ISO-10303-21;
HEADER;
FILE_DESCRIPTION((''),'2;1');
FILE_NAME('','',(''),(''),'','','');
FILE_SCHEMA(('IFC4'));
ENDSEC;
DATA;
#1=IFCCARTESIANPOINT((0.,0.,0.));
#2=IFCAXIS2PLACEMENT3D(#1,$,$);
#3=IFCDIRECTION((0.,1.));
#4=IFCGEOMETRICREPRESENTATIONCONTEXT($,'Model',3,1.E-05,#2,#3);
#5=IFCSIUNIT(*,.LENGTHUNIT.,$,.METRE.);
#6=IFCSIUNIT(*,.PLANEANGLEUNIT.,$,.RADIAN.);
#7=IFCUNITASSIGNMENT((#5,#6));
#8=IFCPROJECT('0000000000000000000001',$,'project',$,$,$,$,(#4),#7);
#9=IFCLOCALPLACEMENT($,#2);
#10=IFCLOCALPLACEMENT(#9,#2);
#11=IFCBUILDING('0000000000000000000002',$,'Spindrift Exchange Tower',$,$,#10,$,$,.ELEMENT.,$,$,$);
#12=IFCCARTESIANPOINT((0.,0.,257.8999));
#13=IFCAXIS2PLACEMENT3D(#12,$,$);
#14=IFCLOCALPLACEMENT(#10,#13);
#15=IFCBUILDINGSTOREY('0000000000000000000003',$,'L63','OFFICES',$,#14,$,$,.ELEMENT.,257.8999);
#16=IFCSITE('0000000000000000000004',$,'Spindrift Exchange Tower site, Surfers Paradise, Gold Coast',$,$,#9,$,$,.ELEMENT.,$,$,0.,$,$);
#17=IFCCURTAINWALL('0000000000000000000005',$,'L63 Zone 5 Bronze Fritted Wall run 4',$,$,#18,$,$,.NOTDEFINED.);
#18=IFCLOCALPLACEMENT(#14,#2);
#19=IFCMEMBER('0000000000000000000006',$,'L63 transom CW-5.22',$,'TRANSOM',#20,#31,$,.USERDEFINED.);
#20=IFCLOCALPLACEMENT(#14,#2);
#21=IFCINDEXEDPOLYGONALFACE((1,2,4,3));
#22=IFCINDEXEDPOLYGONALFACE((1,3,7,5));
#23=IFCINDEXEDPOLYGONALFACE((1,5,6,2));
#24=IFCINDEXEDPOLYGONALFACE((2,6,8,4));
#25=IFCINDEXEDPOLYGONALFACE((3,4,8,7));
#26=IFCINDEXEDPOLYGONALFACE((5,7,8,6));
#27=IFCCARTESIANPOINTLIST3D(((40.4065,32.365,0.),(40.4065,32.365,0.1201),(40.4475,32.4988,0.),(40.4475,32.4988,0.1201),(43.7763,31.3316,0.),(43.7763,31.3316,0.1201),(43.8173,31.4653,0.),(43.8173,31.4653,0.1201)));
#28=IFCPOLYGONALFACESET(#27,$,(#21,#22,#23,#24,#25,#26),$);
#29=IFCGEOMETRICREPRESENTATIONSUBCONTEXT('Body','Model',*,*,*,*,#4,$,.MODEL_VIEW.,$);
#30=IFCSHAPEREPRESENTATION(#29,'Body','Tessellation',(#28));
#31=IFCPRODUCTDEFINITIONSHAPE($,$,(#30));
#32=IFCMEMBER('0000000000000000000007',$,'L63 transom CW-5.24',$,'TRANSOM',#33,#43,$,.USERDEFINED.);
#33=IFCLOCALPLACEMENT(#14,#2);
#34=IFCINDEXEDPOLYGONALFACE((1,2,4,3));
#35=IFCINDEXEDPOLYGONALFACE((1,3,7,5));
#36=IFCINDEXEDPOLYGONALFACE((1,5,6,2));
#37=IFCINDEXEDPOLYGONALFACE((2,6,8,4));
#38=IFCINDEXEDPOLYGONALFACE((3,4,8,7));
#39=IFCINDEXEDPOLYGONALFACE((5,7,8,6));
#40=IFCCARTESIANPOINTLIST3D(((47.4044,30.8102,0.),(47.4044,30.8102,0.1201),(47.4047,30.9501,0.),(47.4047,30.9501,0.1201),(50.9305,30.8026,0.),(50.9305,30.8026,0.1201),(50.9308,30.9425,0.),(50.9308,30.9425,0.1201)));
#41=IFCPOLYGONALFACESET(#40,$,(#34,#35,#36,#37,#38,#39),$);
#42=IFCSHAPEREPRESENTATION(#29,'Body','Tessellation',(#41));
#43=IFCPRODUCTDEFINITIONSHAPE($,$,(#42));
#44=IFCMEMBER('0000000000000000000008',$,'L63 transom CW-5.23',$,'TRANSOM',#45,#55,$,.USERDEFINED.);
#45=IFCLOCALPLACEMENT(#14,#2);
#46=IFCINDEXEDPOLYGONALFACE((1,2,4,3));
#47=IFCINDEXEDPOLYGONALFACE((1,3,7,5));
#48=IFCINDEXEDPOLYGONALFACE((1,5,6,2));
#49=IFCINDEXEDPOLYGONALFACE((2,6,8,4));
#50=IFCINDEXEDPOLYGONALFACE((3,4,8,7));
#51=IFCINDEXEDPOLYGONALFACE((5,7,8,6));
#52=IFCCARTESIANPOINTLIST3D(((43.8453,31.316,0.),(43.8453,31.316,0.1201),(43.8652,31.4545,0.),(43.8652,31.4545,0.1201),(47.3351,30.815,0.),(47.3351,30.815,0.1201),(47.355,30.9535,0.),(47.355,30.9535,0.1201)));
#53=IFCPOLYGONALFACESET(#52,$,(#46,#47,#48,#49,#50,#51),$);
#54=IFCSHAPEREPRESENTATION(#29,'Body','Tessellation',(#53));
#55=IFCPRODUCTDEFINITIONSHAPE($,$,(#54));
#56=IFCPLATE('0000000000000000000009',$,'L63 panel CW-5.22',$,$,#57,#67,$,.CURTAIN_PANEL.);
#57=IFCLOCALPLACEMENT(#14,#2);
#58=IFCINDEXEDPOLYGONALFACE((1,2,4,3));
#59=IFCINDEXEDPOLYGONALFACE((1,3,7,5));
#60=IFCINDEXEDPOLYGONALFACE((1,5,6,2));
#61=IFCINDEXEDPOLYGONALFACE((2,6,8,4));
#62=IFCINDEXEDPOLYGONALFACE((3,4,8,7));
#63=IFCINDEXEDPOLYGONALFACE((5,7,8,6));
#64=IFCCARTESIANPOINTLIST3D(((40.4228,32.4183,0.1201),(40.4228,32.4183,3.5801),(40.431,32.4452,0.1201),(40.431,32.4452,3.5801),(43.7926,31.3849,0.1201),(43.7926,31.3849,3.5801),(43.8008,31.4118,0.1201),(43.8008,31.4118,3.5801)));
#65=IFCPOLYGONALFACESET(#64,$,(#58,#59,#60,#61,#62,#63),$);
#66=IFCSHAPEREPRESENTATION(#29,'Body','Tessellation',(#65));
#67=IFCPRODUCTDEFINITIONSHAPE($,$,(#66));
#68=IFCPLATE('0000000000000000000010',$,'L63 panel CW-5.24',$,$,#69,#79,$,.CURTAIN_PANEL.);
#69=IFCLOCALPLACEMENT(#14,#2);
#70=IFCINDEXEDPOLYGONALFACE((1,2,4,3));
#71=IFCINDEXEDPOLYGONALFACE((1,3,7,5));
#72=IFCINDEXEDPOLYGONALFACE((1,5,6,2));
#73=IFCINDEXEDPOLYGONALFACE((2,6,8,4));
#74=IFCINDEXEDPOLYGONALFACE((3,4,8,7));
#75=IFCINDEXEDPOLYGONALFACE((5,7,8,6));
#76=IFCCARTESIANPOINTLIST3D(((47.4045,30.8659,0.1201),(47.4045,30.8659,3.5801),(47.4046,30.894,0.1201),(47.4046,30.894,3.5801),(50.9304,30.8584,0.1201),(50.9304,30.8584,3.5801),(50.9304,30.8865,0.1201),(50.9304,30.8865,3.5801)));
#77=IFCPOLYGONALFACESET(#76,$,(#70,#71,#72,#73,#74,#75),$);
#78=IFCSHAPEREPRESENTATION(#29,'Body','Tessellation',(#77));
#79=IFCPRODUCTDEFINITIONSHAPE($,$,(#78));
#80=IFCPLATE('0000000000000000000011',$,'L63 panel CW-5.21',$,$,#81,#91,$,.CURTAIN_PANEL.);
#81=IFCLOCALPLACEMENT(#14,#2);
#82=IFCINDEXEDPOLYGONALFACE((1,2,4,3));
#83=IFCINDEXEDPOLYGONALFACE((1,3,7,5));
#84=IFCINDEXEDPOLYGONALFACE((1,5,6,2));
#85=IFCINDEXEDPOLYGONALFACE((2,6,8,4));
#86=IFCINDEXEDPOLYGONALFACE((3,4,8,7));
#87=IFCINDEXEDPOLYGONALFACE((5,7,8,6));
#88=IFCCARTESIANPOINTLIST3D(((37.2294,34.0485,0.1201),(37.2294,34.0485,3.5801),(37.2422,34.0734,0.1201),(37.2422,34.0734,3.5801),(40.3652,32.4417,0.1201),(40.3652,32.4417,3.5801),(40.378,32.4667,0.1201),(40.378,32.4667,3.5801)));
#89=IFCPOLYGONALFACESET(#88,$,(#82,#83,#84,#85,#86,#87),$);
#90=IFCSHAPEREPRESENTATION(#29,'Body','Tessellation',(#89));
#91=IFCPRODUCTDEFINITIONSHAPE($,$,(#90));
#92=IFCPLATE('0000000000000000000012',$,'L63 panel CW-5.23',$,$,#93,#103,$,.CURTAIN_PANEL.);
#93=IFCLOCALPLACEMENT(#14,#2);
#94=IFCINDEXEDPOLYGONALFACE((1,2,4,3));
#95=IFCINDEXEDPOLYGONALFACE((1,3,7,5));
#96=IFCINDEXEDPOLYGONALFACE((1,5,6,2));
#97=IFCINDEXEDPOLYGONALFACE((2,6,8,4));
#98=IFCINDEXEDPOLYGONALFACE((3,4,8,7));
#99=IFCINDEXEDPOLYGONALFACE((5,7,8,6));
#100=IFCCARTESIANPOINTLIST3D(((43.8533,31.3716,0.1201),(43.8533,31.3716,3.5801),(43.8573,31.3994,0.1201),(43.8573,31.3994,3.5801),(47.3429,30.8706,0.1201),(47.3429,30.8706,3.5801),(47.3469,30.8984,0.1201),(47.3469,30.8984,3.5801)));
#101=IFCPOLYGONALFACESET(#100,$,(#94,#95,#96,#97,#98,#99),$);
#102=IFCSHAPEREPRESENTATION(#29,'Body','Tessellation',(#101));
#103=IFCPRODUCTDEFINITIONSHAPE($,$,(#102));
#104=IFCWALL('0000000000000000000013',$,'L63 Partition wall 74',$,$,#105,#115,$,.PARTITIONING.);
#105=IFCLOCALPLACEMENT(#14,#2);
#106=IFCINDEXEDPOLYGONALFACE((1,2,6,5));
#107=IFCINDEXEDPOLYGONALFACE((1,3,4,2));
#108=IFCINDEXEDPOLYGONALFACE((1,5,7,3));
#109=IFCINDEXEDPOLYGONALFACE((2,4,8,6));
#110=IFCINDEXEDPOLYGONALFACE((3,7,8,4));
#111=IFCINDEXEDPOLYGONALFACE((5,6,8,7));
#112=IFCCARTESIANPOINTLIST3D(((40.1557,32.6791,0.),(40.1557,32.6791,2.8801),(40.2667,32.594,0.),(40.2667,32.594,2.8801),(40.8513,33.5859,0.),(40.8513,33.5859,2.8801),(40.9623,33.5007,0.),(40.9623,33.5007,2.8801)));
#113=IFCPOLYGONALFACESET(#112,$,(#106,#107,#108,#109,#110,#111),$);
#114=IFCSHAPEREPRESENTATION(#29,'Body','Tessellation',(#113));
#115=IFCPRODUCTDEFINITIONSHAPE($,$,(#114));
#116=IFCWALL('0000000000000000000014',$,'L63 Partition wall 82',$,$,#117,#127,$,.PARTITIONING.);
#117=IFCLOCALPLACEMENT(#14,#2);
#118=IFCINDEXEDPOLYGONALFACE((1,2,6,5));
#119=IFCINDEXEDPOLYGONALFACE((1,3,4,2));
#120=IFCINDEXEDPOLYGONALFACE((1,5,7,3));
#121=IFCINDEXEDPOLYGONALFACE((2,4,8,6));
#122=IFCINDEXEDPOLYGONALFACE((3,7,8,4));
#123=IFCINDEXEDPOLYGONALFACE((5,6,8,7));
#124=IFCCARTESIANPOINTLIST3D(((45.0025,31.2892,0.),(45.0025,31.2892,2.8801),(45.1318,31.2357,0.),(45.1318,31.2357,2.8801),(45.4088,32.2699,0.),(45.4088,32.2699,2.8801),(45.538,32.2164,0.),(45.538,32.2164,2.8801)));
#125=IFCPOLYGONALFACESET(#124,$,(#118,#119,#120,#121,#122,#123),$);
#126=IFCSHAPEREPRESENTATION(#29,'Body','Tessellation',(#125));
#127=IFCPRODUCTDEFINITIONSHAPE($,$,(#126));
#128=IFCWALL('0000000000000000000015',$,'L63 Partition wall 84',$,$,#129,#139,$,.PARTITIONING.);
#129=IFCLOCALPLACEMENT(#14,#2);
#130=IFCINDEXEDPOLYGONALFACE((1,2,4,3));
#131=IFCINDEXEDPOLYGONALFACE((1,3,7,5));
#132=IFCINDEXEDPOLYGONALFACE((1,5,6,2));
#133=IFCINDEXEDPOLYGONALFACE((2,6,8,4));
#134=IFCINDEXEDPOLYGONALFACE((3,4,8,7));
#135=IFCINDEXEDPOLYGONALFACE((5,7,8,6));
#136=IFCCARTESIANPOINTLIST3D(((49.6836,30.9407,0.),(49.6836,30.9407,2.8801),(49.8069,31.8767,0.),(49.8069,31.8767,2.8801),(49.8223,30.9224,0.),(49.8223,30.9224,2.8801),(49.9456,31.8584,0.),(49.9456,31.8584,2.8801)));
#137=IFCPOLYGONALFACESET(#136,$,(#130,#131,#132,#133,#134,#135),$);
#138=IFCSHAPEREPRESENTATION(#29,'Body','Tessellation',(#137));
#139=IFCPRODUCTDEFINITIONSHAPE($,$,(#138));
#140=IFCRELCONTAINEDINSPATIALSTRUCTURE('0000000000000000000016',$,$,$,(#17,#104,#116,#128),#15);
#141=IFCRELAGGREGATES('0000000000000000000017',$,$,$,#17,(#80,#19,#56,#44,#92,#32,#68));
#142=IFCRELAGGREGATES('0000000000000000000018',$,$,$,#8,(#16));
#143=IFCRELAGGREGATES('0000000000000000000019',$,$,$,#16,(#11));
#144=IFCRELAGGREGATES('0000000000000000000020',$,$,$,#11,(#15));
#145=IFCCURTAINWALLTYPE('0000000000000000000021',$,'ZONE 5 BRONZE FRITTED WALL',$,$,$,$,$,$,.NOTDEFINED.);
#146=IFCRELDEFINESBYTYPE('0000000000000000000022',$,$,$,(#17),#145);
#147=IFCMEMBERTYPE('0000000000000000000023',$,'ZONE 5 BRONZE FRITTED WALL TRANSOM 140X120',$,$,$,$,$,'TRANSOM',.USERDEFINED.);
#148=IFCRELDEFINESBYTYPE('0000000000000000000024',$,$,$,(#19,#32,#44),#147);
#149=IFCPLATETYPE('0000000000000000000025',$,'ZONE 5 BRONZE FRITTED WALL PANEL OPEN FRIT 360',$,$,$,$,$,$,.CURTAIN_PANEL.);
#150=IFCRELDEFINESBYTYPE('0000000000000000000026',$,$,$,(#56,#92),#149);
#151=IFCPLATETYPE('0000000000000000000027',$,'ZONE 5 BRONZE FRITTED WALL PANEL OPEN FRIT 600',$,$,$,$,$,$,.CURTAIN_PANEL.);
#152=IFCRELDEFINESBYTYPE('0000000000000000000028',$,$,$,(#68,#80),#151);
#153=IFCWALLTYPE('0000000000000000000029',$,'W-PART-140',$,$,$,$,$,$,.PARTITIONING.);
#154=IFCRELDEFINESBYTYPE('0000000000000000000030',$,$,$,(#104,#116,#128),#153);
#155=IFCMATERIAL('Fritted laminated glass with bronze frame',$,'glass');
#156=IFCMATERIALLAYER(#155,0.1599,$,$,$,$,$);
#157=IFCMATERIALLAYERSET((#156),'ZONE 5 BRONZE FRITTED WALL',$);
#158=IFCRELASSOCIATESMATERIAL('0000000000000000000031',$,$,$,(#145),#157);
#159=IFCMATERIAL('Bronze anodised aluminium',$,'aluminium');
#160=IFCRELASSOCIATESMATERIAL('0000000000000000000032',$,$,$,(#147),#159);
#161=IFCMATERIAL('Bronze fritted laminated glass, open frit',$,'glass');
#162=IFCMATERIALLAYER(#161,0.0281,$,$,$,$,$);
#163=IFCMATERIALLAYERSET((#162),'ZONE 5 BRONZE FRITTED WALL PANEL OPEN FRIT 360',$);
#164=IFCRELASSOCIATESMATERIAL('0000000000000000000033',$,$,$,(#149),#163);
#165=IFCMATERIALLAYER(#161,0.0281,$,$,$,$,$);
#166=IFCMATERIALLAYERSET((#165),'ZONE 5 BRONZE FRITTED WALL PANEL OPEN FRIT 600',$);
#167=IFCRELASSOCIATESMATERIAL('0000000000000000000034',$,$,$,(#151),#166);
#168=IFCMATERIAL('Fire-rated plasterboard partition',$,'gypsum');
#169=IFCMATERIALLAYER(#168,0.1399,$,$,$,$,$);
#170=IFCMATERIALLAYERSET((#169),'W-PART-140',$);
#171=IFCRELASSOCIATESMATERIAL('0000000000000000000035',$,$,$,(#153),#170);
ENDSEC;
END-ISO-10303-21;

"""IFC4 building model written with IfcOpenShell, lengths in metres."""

from ifc_helpers import new_model, si_unit, direction, frame, frame_2d, origin, origin_2d, place, context, subcontext, project, spatial, rectangle, extrude, source, transform, mapped, material, layer, layer_set, material_profile, profile_set, type_object, element, aggregate, save


model = new_model("IFC4")

# Units and contexts
model_context = context("Model", 3, precision=1e-05, world=origin(), true_north=direction((0.0, 1.0)))
body_context = subcontext(model_context, "Body", "Model", "MODEL_VIEW")
ifc_project = project(units=[si_unit("LENGTHUNIT", "METRE"), si_unit("PLANEANGLEUNIT", "RADIAN")], contexts=[model_context])

# Site, building, storey
site_placement = place(None, origin())
site = spatial("IfcSite", under=ifc_project, at=site_placement, Name="Spindrift Exchange Tower site, Surfers Paradise, Gold Coast", CompositionType="ELEMENT", RefElevation=0.0)
building_placement = place(site_placement, origin())
building = spatial("IfcBuilding", under=site, at=building_placement, Name="Spindrift Exchange Tower", CompositionType="ELEMENT")
storey_placement = place(building_placement, frame((0.0, 0.0, 257.8999)))
storey = spatial("IfcBuildingStorey", under=building, at=storey_placement, Name="L63", Description="OFFICES", CompositionType="ELEMENT", Elevation=257.8999)

# Curtain wall, members, plates
ifc_material_1 = material(Name="Fritted laminated glass with bronze frame", Category="glass")
ifc_layer_1 = layer(ifc_material_1, 0.1599)
ifc_layer_set_1 = layer_set([ifc_layer_1], Name="ZONE 5 BRONZE FRITTED WALL")
curtain_wall_type = type_object("IfcCurtainWallType", Name="ZONE 5 BRONZE FRITTED WALL", PredefinedType="NOTDEFINED", material=ifc_layer_set_1)
curtain_wall_placement = place(storey_placement, origin())
curtain_wall = element("IfcCurtainWall", 1, at=curtain_wall_placement, inside=storey, type_object=curtain_wall_type, Name="L63 Zone 5 Bronze Fritted Wall run 4", PredefinedType="NOTDEFINED")
ifc_material_2 = material(Name="Bronze anodised aluminium", Category="aluminium")
ifc_material_profile_1 = material_profile(ifc_material_2, rectangle(XDim=0.1399, YDim=0.1201, at=origin_2d()), Name="ZONE 5 BRONZE FRITTED WALL TRANSOM 140X120")
ifc_profile_set_1 = profile_set([ifc_material_profile_1], Name="Bronze anodised aluminium")
member_type_1 = type_object("IfcMemberType", Name="ZONE 5 BRONZE FRITTED WALL TRANSOM 140X120", ElementType="TRANSOM", PredefinedType="USERDEFINED", material=ifc_profile_set_1)
shared_shape_1 = source(origin(), body_context, "Body", "SweptSolid", [
    extrude(rectangle(XDim=0.1399, YDim=0.1201, at=origin_2d()), origin(), (0.0, 0.0, 1.0), 3.5247),
])
member_1_placement = place(storey_placement, frame((40.427, 32.4319, 0.0601), z_axis=(0.956053, -0.293195, 0.0), x_axis=(0.293195, 0.956053, 0.0)))
member_1 = element("IfcMember", 2, at=member_1_placement, type_object=member_type_1, Name="L63 transom CW-5.22", ObjectType="TRANSOM", PredefinedType="USERDEFINED", context=body_context, shape_type="MappedRepresentation", body=[
    mapped(shared_shape_1, transform((0.0, 0.0, 0.0), scale=1.0)),
])
shared_shape_2 = source(origin(), body_context, "Body", "SweptSolid", [
    extrude(rectangle(XDim=0.1399, YDim=0.1201, at=origin_2d()), origin(), (0.0, 0.0, 1.0), 3.5261),
])
member_2_placement = place(storey_placement, frame((47.4045, 30.8801, 0.0601), z_axis=(0.999998, -0.002146, 0.0), x_axis=(0.002146, 0.999998, 0.0)))
member_2 = element("IfcMember", 3, at=member_2_placement, type_object=member_type_1, Name="L63 transom CW-5.24", ObjectType="TRANSOM", PredefinedType="USERDEFINED", context=body_context, shape_type="MappedRepresentation", body=[
    mapped(shared_shape_2, transform((0.0, 0.0, 0.0), scale=1.0)),
])
shared_shape_3 = source(origin(), body_context, "Body", "SweptSolid", [
    extrude(rectangle(XDim=0.1399, YDim=0.1201, at=origin_2d()), origin(), (0.0, 0.0, 1.0), 3.5256),
])
member_3_placement = place(storey_placement, frame((43.8552, 31.3853, 0.0601), z_axis=(0.989852, -0.1421, 0.0), x_axis=(0.1421, 0.989852, 0.0)))
member_3 = element("IfcMember", 4, at=member_3_placement, type_object=member_type_1, Name="L63 transom CW-5.23", ObjectType="TRANSOM", PredefinedType="USERDEFINED", context=body_context, shape_type="MappedRepresentation", body=[
    mapped(shared_shape_3, transform((0.0, 0.0, 0.0), scale=1.0)),
])
ifc_material_3 = material(Name="Bronze fritted laminated glass, open frit", Category="glass")
ifc_layer_2 = layer(ifc_material_3, 0.0281)
ifc_layer_set_2 = layer_set([ifc_layer_2], Name="ZONE 5 BRONZE FRITTED WALL PANEL OPEN FRIT 360")
plate_type_1 = type_object("IfcPlateType", Name="ZONE 5 BRONZE FRITTED WALL PANEL OPEN FRIT 360", PredefinedType="CURTAIN_PANEL", material=ifc_layer_set_2)
shared_shape_4 = source(origin(), body_context, "Body", "SweptSolid", [
    extrude(rectangle(XDim=3.5247, YDim=0.0281, at=origin_2d()), origin(), (0.0, 0.0, 1.0), 3.46),
])
plate_1_placement = place(storey_placement, frame((42.1118, 31.915, 0.1201), z_axis=(0.0, 0.0, 1.0), x_axis=(0.956055, -0.293188, 0.0)))
plate_1 = element("IfcPlate", 5, at=plate_1_placement, type_object=plate_type_1, Name="L63 panel CW-5.22", PredefinedType="CURTAIN_PANEL", context=body_context, shape_type="MappedRepresentation", body=[
    mapped(shared_shape_4, transform((0.0, 0.0, 0.0), scale=1.0)),
])
ifc_layer_3 = layer(ifc_material_3, 0.0281)
ifc_layer_set_3 = layer_set([ifc_layer_3], Name="ZONE 5 BRONZE FRITTED WALL PANEL OPEN FRIT 600")
plate_type_2 = type_object("IfcPlateType", Name="ZONE 5 BRONZE FRITTED WALL PANEL OPEN FRIT 600", PredefinedType="CURTAIN_PANEL", material=ifc_layer_set_3)
shared_shape_5 = source(origin(), body_context, "Body", "SweptSolid", [
    extrude(rectangle(XDim=3.5259, YDim=0.0281, at=origin_2d()), origin(), (0.0, 0.0, 1.0), 3.46),
])
plate_2_placement = place(storey_placement, frame((49.1675, 30.8762, 0.1201), z_axis=(0.0, 0.0, 1.0), x_axis=(0.999998, -0.002119, 0.0)))
plate_2 = element("IfcPlate", 6, at=plate_2_placement, type_object=plate_type_2, Name="L63 panel CW-5.24", PredefinedType="CURTAIN_PANEL", context=body_context, shape_type="MappedRepresentation", body=[
    mapped(shared_shape_5, transform((0.0, 0.0, 0.0), scale=1.0)),
])
shared_shape_6 = source(origin(), body_context, "Body", "SweptSolid", [
    extrude(rectangle(XDim=3.5234, YDim=0.0281, at=origin_2d()), origin(), (0.0, 0.0, 1.0), 3.46),
])
plate_3_placement = place(storey_placement, frame((38.8037, 33.2576, 0.1201), z_axis=(0.0, 0.0, 1.0), x_axis=(0.889969, -0.456022, 0.0)))
plate_3 = element("IfcPlate", 7, at=plate_3_placement, type_object=plate_type_2, Name="L63 panel CW-5.21", PredefinedType="CURTAIN_PANEL", context=body_context, shape_type="MappedRepresentation", body=[
    mapped(shared_shape_6, transform((0.0, 0.0, 0.0), scale=1.0)),
])
shared_shape_7 = source(origin(), body_context, "Body", "SweptSolid", [
    extrude(rectangle(XDim=3.5254, YDim=0.0281, at=origin_2d()), origin(), (0.0, 0.0, 1.0), 3.46),
])
plate_4_placement = place(storey_placement, frame((45.6001, 31.135, 0.1201), z_axis=(0.0, 0.0, 1.0), x_axis=(0.989852, -0.1421, 0.0)))
plate_4 = element("IfcPlate", 8, at=plate_4_placement, type_object=plate_type_1, Name="L63 panel CW-5.23", PredefinedType="CURTAIN_PANEL", context=body_context, shape_type="MappedRepresentation", body=[
    mapped(shared_shape_7, transform((0.0, 0.0, 0.0), scale=1.0)),
])
aggregate(curtain_wall, [plate_3, member_1, plate_1, member_3, plate_4, member_2, plate_2])

# Walls
ifc_material_4 = material(Name="Fire-rated plasterboard partition", Category="gypsum")
ifc_layer_4 = layer(ifc_material_4, 0.1399)
ifc_layer_set_4 = layer_set([ifc_layer_4], Name="W-PART-140")
wall_type = type_object("IfcWallType", Name="W-PART-140", PredefinedType="PARTITIONING", material=ifc_layer_set_4)
wall_1_placement = place(storey_placement, frame((40.9067, 33.5432, 0.0), z_axis=(0.0, 0.0, 1.0), x_axis=(-0.608647, -0.793441, 0.0)))
element("IfcWall", 9, at=wall_1_placement, inside=storey, type_object=wall_type, Name="L63 Partition wall 74", PredefinedType="PARTITIONING", context=body_context, shape_type="SweptSolid", body=[
    extrude(rectangle(XDim=1.1428, YDim=0.1399, at=frame_2d((0.5713, 0.0))), origin(), (0.0, 0.0, 1.0), 2.8801),
])
wall_2_placement = place(storey_placement, frame((45.4734, 32.2432, 0.0), z_axis=(0.0, 0.0, 1.0), x_axis=(-0.382704, -0.923871, 0.0)))
element("IfcWall", 10, at=wall_2_placement, inside=storey, type_object=wall_type, Name="L63 Partition wall 82", PredefinedType="PARTITIONING", context=body_context, shape_type="SweptSolid", body=[
    extrude(rectangle(XDim=1.0615, YDim=0.1399, at=frame_2d((0.5308, 0.0))), origin(), (0.0, 0.0, 1.0), 2.8801),
])
wall_3_placement = place(storey_placement, frame((49.8762, 31.8677, 0.0), z_axis=(0.0, 0.0, 1.0), x_axis=(-0.130588, -0.991437, 0.0)))
element("IfcWall", 11, at=wall_3_placement, inside=storey, type_object=wall_type, Name="L63 Partition wall 84", PredefinedType="PARTITIONING", context=body_context, shape_type="SweptSolid", body=[
    extrude(rectangle(XDim=0.9441, YDim=0.1399, at=frame_2d((0.4722, 0.0))), origin(), (0.0, 0.0, 1.0), 2.8801),
])

save(model, "model.ifc")
